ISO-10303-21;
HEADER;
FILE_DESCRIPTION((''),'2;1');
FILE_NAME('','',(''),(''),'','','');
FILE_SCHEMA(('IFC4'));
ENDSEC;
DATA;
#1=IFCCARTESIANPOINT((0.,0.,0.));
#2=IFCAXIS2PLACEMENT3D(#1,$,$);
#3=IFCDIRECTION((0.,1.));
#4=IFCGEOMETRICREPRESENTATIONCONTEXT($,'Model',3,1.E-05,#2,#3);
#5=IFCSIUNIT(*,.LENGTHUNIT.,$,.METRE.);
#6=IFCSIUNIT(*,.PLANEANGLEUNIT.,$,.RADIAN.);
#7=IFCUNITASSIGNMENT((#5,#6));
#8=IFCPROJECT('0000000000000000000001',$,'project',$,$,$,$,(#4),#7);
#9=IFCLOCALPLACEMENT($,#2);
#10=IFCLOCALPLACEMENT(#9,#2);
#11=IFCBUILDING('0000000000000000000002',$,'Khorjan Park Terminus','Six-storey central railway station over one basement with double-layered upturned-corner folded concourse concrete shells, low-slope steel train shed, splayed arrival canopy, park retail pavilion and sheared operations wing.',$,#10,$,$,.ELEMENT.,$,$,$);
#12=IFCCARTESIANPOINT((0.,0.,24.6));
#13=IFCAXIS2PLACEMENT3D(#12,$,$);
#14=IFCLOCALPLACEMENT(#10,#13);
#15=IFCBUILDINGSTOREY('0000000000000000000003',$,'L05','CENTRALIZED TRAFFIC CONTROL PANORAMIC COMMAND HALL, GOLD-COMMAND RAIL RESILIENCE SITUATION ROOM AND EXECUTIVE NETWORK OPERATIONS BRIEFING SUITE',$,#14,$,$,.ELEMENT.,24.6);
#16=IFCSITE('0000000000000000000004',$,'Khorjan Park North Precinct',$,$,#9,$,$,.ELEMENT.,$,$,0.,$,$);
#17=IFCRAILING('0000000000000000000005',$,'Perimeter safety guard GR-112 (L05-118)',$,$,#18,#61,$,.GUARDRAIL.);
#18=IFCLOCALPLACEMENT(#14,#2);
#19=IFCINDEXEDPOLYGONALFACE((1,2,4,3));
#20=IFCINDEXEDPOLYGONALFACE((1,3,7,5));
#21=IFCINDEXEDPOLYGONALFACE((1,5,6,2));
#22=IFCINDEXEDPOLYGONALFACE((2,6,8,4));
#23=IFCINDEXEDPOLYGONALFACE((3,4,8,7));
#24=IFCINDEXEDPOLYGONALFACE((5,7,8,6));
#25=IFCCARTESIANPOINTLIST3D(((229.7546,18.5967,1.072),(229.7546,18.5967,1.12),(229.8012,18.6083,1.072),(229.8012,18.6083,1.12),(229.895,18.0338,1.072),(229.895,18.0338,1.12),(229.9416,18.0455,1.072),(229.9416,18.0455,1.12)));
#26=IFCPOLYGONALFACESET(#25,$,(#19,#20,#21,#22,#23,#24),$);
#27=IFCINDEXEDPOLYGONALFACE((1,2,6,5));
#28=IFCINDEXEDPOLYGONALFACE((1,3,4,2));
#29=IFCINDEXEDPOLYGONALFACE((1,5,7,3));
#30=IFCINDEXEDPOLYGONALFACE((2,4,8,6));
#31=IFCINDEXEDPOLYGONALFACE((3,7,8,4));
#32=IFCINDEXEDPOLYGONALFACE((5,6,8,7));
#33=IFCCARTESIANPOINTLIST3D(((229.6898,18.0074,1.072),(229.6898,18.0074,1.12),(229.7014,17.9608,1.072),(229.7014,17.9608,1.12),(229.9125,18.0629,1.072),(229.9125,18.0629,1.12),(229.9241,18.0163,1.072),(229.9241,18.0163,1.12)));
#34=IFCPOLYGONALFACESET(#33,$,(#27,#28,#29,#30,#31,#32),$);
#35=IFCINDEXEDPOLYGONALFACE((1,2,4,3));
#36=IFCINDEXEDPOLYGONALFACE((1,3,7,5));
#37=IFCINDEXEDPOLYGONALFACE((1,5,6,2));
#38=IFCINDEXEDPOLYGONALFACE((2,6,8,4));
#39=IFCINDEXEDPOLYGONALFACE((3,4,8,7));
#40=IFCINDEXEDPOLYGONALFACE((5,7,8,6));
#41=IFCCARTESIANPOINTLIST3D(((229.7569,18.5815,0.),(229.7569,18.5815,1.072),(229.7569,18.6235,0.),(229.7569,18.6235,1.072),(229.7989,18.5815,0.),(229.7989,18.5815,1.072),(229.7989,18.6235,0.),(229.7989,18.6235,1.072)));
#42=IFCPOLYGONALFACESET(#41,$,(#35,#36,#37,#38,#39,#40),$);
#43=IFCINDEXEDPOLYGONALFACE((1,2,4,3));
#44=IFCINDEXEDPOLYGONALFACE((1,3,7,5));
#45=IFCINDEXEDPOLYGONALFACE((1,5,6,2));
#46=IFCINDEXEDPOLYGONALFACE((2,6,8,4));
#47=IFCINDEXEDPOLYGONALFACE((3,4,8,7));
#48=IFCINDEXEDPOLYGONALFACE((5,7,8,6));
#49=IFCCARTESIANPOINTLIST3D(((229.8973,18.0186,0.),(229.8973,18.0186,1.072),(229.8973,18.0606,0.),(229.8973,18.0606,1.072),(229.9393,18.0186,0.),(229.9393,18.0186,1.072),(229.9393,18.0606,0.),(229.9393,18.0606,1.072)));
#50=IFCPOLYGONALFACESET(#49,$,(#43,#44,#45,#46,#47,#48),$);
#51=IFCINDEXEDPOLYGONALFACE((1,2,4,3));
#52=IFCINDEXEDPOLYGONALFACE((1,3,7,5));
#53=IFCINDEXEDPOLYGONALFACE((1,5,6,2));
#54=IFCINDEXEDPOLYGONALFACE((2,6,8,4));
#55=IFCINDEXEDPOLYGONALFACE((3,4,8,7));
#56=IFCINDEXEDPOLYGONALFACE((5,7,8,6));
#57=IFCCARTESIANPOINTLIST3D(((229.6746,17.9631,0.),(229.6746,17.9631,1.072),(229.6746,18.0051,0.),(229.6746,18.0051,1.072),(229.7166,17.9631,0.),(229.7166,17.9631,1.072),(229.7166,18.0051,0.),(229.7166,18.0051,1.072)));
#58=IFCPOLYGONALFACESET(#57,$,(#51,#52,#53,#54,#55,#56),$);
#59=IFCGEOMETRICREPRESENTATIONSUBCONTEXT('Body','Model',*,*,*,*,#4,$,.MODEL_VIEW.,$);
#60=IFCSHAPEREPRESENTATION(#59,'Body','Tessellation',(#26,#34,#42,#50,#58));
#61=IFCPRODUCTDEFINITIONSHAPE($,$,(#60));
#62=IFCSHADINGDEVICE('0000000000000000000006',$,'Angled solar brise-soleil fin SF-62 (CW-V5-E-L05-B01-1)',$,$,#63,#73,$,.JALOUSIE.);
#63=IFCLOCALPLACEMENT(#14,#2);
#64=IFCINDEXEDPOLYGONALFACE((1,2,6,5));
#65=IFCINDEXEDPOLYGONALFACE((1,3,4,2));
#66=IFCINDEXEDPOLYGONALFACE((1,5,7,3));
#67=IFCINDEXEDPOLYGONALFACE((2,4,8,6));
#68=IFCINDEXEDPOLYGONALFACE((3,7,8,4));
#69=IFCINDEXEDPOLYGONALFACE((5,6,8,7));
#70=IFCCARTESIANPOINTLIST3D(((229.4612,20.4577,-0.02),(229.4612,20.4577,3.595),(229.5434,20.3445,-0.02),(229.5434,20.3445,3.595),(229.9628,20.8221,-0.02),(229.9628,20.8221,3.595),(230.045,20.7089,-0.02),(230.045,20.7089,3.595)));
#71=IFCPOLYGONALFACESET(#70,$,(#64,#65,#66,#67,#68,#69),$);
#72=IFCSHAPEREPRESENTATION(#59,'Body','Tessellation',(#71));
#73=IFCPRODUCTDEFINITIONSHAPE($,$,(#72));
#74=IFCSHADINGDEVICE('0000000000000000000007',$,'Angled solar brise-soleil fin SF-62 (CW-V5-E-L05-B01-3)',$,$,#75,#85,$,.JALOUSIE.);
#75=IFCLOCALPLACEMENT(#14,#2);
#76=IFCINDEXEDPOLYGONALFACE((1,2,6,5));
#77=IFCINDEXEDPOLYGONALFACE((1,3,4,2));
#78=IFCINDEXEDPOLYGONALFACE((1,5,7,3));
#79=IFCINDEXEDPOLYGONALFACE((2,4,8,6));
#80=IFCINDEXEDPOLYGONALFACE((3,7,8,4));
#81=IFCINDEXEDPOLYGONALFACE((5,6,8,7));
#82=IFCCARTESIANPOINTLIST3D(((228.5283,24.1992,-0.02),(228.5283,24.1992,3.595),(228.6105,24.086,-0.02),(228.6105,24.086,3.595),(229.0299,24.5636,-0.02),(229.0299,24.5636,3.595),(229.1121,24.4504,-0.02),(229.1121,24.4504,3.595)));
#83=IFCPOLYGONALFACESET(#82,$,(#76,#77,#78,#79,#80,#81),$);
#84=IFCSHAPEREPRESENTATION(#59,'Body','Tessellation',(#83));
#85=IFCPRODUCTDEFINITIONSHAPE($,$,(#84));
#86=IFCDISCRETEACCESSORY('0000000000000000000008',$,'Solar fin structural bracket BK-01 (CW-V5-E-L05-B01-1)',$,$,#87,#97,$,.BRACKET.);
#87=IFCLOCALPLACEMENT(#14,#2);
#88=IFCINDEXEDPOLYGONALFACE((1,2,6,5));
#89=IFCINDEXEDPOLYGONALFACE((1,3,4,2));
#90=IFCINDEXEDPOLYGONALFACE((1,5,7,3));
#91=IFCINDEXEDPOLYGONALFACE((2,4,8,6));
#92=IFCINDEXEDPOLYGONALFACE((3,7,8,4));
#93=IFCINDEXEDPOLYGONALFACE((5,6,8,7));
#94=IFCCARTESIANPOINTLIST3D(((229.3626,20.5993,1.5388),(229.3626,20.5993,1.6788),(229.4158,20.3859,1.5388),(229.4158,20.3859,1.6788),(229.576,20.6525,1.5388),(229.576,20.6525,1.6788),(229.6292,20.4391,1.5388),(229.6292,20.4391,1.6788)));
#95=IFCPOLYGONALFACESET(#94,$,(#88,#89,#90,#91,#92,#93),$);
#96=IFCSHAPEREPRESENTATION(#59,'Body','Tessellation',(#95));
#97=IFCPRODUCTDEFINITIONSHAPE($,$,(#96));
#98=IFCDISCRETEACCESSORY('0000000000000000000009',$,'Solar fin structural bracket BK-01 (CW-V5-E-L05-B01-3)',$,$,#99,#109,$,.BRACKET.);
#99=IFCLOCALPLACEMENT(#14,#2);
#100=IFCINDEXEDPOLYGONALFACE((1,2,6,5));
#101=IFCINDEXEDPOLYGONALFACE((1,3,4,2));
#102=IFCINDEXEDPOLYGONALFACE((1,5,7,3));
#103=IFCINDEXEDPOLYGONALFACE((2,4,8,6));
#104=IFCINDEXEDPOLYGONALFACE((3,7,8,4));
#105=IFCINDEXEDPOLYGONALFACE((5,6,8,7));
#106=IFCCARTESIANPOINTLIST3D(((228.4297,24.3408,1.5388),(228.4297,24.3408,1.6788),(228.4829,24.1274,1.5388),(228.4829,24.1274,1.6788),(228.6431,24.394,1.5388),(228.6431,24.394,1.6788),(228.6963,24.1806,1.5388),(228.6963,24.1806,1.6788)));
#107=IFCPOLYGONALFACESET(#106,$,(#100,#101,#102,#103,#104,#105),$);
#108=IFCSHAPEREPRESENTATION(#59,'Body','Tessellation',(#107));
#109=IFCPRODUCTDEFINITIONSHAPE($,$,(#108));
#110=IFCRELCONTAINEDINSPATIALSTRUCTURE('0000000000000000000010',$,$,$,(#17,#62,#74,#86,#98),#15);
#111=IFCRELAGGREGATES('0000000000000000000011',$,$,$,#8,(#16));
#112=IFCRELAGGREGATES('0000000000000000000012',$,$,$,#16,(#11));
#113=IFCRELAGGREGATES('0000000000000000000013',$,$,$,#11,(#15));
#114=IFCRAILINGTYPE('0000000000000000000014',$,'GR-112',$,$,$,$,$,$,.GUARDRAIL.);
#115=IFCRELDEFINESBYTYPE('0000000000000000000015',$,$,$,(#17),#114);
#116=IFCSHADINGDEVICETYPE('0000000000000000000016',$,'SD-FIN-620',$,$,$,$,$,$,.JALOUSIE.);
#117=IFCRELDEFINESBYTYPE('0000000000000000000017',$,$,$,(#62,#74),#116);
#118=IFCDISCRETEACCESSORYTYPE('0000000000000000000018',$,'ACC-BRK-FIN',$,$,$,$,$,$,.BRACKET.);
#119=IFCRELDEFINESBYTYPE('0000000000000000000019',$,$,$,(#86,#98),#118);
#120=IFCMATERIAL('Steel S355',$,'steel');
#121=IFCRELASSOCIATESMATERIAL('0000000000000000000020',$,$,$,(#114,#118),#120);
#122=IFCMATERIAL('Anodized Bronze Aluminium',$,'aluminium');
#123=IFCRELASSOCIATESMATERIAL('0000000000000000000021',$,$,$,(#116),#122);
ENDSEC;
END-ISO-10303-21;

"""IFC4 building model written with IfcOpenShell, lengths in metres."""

from ifc_helpers import new_model, si_unit, direction, frame, origin, origin_2d, place, context, subcontext, project, spatial, rectangle, extrude, material, type_object, element, save


model = new_model("IFC4")

# Units and contexts
model_context = context("Model", 3, precision=1e-05, world=origin(), true_north=direction((0.0, 1.0)))
body_context = subcontext(model_context, "Body", "Model", "MODEL_VIEW")
ifc_project = project(units=[si_unit("LENGTHUNIT", "METRE"), si_unit("PLANEANGLEUNIT", "RADIAN")], contexts=[model_context])

# Site, building, storey
site_placement = place(None, origin())
site = spatial("IfcSite", under=ifc_project, at=site_placement, Name="Khorjan Park North Precinct", CompositionType="ELEMENT", RefElevation=0.0)
building_placement = place(site_placement, origin())
building = spatial("IfcBuilding", under=site, at=building_placement, Name="Khorjan Park Terminus", Description="Six-storey central railway station over one basement with double-layered upturned-corner folded concourse concrete shells, low-slope steel train shed, splayed arrival canopy, park retail pavilion and sheared operations wing.", CompositionType="ELEMENT")
storey_placement = place(building_placement, frame((0.0, 0.0, 24.6)))
storey = spatial("IfcBuildingStorey", under=building, at=storey_placement, Name="L05", Description="CENTRALIZED TRAFFIC CONTROL PANORAMIC COMMAND HALL, GOLD-COMMAND RAIL RESILIENCE SITUATION ROOM AND EXECUTIVE NETWORK OPERATIONS BRIEFING SUITE", CompositionType="ELEMENT", Elevation=24.6)

# Shared definitions
ifc_material_1 = material(Name="Steel S355", Category="steel")

# Shared definitions
ifc_material_2 = material(Name="Anodized Bronze Aluminium", Category="aluminium")

# Railing
railing_type = type_object("IfcRailingType", Name="GR-112", PredefinedType="GUARDRAIL", material=ifc_material_1)
railing_placement = place(storey_placement, frame((229.7779, 18.6025, 0.0)))
element("IfcRailing", 1, at=railing_placement, inside=storey, type_object=railing_type, Name="Perimeter safety guard GR-112 (L05-118)", PredefinedType="GUARDRAIL", context=body_context, shape_type="SweptSolid", body=[
    extrude(rectangle(XDim=0.048, YDim=0.048, at=origin_2d()), frame((0.0, 0.0, 1.096), z_axis=(0.242008, -0.970274, 0.0), x_axis=(0.970274, 0.242008, 0.0)), (0.0, 0.0, 1.0), 0.5801),
    extrude(rectangle(XDim=0.048, YDim=0.048, at=origin_2d()), frame((0.1404, -0.5629, 1.096), z_axis=(-0.970322, -0.241818, 0.0), x_axis=(0.241818, -0.970322, 0.0)), (0.0, 0.0, 1.0), 0.2295),
    extrude(rectangle(XDim=0.042, YDim=0.042, at=origin_2d()), origin(), (0.0, 0.0, 1.0), 1.072),
    extrude(rectangle(XDim=0.042, YDim=0.042, at=origin_2d()), frame((0.1404, -0.5629, 0.0)), (0.0, 0.0, 1.0), 1.072),
    extrude(rectangle(XDim=0.042, YDim=0.042, at=origin_2d()), frame((-0.0823, -0.6184, 0.0)), (0.0, 0.0, 1.0), 1.072),
])

# Shading devices
shading_device_type = type_object("IfcShadingDeviceType", Name="SD-FIN-620", PredefinedType="JALOUSIE", material=ifc_material_2)
for number, where, z_axis, x_axis, name in (
    (2, (229.7531, 20.5833, -0.02), (0.0, 0.0, 1.0), (-0.809017, -0.587785, 0.0), "Angled solar brise-soleil fin SF-62 (CW-V5-E-L05-B01-1)"),
    (3, (228.8202, 24.3248, -0.02), (0.0, 0.0, 1.0), (-0.809017, -0.587785, 0.0), "Angled solar brise-soleil fin SF-62 (CW-V5-E-L05-B01-3)"),
):
    element("IfcShadingDevice", number, at=place(storey_placement, frame(where, z_axis=z_axis, x_axis=x_axis)), inside=storey, type_object=shading_device_type, Name=name, PredefinedType="JALOUSIE", context=body_context, shape_type="SweptSolid", body=[
        extrude(rectangle(XDim=0.62, YDim=0.14, at=origin_2d()), origin(), (0.0, 0.0, 1.0), 3.615),
    ])

# Discrete accessories
discrete_accessory_type = type_object("IfcDiscreteAccessoryType", Name="ACC-BRK-FIN", PredefinedType="BRACKET", material=ifc_material_1)
for number, where, z_axis, x_axis, name in (
    (4, (229.4959, 20.5192, 1.5388), (0.0, 0.0, 1.0), (-0.24192, 0.970296, 0.0), "Solar fin structural bracket BK-01 (CW-V5-E-L05-B01-1)"),
    (5, (228.563, 24.2607, 1.5388), (0.0, 0.0, 1.0), (-0.24192, 0.970296, 0.0), "Solar fin structural bracket BK-01 (CW-V5-E-L05-B01-3)"),
):
    element("IfcDiscreteAccessory", number, at=place(storey_placement, frame(where, z_axis=z_axis, x_axis=x_axis)), inside=storey, type_object=discrete_accessory_type, Name=name, PredefinedType="BRACKET", context=body_context, shape_type="SweptSolid", body=[
        extrude(rectangle(XDim=0.22, YDim=0.22, at=origin_2d()), origin(), (0.0, 0.0, 1.0), 0.14),
    ])

save(model, "model.ifc")
